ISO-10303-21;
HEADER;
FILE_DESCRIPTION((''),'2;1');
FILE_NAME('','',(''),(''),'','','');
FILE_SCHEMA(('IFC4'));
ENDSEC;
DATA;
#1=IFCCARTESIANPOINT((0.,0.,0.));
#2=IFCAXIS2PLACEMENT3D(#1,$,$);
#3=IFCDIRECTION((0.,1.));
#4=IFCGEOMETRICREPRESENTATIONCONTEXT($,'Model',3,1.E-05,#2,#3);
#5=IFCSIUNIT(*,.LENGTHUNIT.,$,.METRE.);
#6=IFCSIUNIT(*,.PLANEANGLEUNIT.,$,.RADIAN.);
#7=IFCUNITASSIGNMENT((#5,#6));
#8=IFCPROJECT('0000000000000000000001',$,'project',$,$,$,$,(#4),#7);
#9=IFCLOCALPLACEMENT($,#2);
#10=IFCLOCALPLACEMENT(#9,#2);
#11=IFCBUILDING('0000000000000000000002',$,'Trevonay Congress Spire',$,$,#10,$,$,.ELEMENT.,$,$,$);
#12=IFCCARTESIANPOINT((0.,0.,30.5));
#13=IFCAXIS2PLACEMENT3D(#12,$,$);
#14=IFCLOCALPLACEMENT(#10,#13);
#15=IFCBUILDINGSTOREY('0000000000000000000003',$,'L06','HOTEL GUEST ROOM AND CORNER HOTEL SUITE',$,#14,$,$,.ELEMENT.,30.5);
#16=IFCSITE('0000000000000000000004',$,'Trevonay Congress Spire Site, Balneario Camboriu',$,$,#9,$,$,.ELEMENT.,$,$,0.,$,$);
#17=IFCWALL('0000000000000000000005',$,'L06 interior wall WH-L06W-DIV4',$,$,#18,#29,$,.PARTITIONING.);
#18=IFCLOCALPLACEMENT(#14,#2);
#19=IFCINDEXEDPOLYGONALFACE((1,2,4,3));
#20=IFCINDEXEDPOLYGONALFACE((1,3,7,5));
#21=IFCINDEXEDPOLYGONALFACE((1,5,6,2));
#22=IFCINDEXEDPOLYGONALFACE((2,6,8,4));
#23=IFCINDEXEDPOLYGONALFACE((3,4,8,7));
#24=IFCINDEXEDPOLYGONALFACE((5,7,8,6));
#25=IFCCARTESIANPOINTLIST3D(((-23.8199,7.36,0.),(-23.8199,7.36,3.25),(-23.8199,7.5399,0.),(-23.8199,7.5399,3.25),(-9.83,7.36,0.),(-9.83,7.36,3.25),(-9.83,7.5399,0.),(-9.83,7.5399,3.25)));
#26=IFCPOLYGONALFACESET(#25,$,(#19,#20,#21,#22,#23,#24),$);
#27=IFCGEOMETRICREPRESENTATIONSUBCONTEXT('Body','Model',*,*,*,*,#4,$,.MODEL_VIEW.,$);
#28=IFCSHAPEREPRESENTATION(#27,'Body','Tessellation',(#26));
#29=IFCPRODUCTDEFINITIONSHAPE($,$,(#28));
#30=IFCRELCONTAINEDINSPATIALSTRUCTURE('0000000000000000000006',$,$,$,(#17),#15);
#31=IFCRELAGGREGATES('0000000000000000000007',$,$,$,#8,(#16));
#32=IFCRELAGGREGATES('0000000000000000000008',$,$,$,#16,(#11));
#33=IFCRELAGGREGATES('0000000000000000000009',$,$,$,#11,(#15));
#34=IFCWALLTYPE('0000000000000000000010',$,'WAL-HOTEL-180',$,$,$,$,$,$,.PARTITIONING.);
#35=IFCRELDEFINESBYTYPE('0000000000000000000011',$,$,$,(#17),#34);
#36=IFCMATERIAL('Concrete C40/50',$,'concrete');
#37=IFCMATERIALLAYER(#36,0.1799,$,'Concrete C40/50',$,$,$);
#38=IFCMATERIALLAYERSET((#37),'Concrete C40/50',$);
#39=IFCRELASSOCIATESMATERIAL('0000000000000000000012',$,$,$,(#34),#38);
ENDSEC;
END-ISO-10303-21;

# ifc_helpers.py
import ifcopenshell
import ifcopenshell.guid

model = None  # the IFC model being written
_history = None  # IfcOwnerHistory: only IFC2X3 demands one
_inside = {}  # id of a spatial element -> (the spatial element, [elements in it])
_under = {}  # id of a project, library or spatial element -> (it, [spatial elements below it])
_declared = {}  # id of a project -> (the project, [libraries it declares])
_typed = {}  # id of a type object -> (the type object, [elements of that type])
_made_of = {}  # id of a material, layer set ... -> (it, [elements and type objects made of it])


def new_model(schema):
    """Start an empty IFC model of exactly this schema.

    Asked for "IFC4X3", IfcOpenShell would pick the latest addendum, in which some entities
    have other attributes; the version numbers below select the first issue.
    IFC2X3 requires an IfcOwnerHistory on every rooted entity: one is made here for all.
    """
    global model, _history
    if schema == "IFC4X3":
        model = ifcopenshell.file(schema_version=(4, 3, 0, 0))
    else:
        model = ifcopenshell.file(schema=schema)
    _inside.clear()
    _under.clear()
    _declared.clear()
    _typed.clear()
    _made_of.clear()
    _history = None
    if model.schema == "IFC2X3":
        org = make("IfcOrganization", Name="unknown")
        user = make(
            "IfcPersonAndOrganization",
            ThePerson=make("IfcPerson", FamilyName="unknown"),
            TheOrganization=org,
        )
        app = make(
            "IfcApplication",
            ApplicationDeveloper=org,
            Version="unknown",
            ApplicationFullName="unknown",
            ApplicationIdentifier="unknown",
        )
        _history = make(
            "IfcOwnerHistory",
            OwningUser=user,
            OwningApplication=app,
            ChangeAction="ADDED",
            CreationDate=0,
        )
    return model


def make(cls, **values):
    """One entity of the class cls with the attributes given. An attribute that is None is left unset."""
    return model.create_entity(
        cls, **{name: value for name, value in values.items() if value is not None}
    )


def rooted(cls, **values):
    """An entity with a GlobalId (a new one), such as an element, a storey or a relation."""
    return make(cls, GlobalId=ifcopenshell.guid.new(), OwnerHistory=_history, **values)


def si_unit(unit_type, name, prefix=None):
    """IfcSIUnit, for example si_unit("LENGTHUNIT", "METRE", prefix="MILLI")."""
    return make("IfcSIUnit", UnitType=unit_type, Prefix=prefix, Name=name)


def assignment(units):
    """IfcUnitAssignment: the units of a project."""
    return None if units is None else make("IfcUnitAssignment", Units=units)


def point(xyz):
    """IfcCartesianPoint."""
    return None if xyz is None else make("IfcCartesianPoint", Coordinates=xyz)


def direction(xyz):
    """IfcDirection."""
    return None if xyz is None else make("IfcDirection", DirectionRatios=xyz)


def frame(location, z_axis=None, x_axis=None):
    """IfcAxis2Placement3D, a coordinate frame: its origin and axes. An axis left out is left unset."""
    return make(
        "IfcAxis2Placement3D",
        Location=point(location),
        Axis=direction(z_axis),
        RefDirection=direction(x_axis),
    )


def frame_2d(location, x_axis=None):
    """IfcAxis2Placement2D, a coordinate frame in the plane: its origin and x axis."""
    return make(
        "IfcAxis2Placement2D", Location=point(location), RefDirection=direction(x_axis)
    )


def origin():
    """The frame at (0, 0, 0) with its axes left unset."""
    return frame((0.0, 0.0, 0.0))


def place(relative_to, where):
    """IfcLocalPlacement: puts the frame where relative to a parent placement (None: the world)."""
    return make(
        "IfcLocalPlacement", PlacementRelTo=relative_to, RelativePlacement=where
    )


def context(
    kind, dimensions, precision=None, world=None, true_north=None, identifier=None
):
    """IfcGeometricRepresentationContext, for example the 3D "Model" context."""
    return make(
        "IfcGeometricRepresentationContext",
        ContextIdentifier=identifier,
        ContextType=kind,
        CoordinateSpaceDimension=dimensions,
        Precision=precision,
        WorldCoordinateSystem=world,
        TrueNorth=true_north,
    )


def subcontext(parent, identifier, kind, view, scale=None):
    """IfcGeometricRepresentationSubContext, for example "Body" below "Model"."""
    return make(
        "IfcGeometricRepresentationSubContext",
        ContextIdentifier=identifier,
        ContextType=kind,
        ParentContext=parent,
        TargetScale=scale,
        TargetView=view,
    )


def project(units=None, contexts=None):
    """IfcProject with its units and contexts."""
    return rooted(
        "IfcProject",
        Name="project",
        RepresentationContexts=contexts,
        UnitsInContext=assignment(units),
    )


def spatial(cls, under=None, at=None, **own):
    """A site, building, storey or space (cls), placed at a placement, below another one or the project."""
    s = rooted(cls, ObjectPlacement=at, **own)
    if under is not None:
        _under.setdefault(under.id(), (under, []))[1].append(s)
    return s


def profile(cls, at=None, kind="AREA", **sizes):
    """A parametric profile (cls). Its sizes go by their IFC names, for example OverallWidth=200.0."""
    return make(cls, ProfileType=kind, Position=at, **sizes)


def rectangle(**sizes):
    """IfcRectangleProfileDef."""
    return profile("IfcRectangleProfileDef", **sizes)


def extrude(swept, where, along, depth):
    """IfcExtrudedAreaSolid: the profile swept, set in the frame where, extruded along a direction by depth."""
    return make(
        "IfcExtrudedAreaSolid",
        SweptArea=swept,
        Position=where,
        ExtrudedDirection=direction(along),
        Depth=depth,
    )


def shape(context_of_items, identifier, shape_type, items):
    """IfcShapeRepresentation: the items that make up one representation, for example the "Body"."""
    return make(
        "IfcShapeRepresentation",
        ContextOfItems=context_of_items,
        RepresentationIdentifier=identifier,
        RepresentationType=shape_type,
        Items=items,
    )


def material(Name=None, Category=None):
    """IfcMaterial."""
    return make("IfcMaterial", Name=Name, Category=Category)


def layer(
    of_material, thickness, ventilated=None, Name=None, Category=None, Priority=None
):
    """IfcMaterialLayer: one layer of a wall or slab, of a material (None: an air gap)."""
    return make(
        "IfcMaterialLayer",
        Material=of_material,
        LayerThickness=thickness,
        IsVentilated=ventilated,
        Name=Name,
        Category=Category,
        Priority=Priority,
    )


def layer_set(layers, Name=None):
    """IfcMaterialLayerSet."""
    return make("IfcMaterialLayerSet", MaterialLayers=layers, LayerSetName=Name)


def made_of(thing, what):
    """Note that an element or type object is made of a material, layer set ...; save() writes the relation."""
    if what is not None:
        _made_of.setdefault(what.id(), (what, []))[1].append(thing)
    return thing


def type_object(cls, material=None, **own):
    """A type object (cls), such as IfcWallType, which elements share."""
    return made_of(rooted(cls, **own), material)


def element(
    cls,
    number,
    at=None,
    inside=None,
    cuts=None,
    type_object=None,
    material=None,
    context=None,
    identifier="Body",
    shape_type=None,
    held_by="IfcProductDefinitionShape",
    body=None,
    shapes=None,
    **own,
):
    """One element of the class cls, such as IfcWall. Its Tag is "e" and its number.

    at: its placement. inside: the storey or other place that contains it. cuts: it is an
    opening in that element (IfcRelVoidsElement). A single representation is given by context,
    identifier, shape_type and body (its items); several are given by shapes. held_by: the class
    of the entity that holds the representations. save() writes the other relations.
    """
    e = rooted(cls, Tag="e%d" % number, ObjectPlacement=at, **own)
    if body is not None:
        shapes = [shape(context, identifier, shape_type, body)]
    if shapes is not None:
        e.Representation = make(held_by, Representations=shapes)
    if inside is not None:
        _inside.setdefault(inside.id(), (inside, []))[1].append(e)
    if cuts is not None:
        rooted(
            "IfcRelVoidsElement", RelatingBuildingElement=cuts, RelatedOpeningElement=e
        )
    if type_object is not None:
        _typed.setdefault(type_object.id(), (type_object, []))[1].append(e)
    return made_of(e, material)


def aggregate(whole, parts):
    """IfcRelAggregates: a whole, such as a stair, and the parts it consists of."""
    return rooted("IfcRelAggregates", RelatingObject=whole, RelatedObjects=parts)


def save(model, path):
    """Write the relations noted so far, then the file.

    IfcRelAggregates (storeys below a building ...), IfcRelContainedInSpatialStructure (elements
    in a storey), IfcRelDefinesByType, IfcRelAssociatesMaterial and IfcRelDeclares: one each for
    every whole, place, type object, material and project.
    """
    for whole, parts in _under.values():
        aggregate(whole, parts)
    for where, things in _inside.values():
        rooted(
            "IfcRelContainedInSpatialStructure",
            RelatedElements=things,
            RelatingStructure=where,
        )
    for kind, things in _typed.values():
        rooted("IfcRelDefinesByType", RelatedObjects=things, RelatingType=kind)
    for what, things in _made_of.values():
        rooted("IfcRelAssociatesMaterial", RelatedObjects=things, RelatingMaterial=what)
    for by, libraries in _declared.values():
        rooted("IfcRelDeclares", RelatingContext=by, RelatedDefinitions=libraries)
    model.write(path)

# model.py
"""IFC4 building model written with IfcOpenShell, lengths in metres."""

from ifc_helpers import new_model, si_unit, direction, frame, frame_2d, origin, place, context, subcontext, project, spatial, rectangle, extrude, material, layer, layer_set, type_object, element, save


model = new_model("IFC4")

# Units and contexts
model_context = context("Model", 3, precision=1e-05, world=origin(), true_north=direction((0.0, 1.0)))
body_context = subcontext(model_context, "Body", "Model", "MODEL_VIEW")
ifc_project = project(units=[si_unit("LENGTHUNIT", "METRE"), si_unit("PLANEANGLEUNIT", "RADIAN")], contexts=[model_context])

# Site, building, storey
site_placement = place(None, origin())
site = spatial("IfcSite", under=ifc_project, at=site_placement, Name="Trevonay Congress Spire Site, Balneario Camboriu", CompositionType="ELEMENT", RefElevation=0.0)
building_placement = place(site_placement, origin())
building = spatial("IfcBuilding", under=site, at=building_placement, Name="Trevonay Congress Spire", CompositionType="ELEMENT")
storey_placement = place(building_placement, frame((0.0, 0.0, 30.5)))
storey = spatial("IfcBuildingStorey", under=building, at=storey_placement, Name="L06", Description="HOTEL GUEST ROOM AND CORNER HOTEL SUITE", CompositionType="ELEMENT", Elevation=30.5)

# Wall
ifc_material_1 = material(Name="Concrete C40/50", Category="concrete")
ifc_layer_1 = layer(ifc_material_1, 0.1799, Name="Concrete C40/50")
ifc_layer_set_1 = layer_set([ifc_layer_1], Name="Concrete C40/50")
wall_type = type_object("IfcWallType", Name="WAL-HOTEL-180", PredefinedType="PARTITIONING", material=ifc_layer_set_1)
for number, where, z_axis, x_axis, name in (
    (1, (-23.8201, 7.45, 0.0), (0.0, 0.0, 1.0), (1.0, 0.0, 0.0), "L06 interior wall WH-L06W-DIV4"),
):
    element("IfcWall", number, at=place(storey_placement, frame(where, z_axis=z_axis, x_axis=x_axis)), inside=storey, type_object=wall_type, Name=name, PredefinedType="PARTITIONING", context=body_context, shape_type="SweptSolid", body=[
        extrude(rectangle(XDim=13.99, YDim=0.1799, at=frame_2d((6.9951, 0.0))), origin(), (0.0, 0.0, 1.0), 3.25),
    ])

save(model, "model.ifc")
